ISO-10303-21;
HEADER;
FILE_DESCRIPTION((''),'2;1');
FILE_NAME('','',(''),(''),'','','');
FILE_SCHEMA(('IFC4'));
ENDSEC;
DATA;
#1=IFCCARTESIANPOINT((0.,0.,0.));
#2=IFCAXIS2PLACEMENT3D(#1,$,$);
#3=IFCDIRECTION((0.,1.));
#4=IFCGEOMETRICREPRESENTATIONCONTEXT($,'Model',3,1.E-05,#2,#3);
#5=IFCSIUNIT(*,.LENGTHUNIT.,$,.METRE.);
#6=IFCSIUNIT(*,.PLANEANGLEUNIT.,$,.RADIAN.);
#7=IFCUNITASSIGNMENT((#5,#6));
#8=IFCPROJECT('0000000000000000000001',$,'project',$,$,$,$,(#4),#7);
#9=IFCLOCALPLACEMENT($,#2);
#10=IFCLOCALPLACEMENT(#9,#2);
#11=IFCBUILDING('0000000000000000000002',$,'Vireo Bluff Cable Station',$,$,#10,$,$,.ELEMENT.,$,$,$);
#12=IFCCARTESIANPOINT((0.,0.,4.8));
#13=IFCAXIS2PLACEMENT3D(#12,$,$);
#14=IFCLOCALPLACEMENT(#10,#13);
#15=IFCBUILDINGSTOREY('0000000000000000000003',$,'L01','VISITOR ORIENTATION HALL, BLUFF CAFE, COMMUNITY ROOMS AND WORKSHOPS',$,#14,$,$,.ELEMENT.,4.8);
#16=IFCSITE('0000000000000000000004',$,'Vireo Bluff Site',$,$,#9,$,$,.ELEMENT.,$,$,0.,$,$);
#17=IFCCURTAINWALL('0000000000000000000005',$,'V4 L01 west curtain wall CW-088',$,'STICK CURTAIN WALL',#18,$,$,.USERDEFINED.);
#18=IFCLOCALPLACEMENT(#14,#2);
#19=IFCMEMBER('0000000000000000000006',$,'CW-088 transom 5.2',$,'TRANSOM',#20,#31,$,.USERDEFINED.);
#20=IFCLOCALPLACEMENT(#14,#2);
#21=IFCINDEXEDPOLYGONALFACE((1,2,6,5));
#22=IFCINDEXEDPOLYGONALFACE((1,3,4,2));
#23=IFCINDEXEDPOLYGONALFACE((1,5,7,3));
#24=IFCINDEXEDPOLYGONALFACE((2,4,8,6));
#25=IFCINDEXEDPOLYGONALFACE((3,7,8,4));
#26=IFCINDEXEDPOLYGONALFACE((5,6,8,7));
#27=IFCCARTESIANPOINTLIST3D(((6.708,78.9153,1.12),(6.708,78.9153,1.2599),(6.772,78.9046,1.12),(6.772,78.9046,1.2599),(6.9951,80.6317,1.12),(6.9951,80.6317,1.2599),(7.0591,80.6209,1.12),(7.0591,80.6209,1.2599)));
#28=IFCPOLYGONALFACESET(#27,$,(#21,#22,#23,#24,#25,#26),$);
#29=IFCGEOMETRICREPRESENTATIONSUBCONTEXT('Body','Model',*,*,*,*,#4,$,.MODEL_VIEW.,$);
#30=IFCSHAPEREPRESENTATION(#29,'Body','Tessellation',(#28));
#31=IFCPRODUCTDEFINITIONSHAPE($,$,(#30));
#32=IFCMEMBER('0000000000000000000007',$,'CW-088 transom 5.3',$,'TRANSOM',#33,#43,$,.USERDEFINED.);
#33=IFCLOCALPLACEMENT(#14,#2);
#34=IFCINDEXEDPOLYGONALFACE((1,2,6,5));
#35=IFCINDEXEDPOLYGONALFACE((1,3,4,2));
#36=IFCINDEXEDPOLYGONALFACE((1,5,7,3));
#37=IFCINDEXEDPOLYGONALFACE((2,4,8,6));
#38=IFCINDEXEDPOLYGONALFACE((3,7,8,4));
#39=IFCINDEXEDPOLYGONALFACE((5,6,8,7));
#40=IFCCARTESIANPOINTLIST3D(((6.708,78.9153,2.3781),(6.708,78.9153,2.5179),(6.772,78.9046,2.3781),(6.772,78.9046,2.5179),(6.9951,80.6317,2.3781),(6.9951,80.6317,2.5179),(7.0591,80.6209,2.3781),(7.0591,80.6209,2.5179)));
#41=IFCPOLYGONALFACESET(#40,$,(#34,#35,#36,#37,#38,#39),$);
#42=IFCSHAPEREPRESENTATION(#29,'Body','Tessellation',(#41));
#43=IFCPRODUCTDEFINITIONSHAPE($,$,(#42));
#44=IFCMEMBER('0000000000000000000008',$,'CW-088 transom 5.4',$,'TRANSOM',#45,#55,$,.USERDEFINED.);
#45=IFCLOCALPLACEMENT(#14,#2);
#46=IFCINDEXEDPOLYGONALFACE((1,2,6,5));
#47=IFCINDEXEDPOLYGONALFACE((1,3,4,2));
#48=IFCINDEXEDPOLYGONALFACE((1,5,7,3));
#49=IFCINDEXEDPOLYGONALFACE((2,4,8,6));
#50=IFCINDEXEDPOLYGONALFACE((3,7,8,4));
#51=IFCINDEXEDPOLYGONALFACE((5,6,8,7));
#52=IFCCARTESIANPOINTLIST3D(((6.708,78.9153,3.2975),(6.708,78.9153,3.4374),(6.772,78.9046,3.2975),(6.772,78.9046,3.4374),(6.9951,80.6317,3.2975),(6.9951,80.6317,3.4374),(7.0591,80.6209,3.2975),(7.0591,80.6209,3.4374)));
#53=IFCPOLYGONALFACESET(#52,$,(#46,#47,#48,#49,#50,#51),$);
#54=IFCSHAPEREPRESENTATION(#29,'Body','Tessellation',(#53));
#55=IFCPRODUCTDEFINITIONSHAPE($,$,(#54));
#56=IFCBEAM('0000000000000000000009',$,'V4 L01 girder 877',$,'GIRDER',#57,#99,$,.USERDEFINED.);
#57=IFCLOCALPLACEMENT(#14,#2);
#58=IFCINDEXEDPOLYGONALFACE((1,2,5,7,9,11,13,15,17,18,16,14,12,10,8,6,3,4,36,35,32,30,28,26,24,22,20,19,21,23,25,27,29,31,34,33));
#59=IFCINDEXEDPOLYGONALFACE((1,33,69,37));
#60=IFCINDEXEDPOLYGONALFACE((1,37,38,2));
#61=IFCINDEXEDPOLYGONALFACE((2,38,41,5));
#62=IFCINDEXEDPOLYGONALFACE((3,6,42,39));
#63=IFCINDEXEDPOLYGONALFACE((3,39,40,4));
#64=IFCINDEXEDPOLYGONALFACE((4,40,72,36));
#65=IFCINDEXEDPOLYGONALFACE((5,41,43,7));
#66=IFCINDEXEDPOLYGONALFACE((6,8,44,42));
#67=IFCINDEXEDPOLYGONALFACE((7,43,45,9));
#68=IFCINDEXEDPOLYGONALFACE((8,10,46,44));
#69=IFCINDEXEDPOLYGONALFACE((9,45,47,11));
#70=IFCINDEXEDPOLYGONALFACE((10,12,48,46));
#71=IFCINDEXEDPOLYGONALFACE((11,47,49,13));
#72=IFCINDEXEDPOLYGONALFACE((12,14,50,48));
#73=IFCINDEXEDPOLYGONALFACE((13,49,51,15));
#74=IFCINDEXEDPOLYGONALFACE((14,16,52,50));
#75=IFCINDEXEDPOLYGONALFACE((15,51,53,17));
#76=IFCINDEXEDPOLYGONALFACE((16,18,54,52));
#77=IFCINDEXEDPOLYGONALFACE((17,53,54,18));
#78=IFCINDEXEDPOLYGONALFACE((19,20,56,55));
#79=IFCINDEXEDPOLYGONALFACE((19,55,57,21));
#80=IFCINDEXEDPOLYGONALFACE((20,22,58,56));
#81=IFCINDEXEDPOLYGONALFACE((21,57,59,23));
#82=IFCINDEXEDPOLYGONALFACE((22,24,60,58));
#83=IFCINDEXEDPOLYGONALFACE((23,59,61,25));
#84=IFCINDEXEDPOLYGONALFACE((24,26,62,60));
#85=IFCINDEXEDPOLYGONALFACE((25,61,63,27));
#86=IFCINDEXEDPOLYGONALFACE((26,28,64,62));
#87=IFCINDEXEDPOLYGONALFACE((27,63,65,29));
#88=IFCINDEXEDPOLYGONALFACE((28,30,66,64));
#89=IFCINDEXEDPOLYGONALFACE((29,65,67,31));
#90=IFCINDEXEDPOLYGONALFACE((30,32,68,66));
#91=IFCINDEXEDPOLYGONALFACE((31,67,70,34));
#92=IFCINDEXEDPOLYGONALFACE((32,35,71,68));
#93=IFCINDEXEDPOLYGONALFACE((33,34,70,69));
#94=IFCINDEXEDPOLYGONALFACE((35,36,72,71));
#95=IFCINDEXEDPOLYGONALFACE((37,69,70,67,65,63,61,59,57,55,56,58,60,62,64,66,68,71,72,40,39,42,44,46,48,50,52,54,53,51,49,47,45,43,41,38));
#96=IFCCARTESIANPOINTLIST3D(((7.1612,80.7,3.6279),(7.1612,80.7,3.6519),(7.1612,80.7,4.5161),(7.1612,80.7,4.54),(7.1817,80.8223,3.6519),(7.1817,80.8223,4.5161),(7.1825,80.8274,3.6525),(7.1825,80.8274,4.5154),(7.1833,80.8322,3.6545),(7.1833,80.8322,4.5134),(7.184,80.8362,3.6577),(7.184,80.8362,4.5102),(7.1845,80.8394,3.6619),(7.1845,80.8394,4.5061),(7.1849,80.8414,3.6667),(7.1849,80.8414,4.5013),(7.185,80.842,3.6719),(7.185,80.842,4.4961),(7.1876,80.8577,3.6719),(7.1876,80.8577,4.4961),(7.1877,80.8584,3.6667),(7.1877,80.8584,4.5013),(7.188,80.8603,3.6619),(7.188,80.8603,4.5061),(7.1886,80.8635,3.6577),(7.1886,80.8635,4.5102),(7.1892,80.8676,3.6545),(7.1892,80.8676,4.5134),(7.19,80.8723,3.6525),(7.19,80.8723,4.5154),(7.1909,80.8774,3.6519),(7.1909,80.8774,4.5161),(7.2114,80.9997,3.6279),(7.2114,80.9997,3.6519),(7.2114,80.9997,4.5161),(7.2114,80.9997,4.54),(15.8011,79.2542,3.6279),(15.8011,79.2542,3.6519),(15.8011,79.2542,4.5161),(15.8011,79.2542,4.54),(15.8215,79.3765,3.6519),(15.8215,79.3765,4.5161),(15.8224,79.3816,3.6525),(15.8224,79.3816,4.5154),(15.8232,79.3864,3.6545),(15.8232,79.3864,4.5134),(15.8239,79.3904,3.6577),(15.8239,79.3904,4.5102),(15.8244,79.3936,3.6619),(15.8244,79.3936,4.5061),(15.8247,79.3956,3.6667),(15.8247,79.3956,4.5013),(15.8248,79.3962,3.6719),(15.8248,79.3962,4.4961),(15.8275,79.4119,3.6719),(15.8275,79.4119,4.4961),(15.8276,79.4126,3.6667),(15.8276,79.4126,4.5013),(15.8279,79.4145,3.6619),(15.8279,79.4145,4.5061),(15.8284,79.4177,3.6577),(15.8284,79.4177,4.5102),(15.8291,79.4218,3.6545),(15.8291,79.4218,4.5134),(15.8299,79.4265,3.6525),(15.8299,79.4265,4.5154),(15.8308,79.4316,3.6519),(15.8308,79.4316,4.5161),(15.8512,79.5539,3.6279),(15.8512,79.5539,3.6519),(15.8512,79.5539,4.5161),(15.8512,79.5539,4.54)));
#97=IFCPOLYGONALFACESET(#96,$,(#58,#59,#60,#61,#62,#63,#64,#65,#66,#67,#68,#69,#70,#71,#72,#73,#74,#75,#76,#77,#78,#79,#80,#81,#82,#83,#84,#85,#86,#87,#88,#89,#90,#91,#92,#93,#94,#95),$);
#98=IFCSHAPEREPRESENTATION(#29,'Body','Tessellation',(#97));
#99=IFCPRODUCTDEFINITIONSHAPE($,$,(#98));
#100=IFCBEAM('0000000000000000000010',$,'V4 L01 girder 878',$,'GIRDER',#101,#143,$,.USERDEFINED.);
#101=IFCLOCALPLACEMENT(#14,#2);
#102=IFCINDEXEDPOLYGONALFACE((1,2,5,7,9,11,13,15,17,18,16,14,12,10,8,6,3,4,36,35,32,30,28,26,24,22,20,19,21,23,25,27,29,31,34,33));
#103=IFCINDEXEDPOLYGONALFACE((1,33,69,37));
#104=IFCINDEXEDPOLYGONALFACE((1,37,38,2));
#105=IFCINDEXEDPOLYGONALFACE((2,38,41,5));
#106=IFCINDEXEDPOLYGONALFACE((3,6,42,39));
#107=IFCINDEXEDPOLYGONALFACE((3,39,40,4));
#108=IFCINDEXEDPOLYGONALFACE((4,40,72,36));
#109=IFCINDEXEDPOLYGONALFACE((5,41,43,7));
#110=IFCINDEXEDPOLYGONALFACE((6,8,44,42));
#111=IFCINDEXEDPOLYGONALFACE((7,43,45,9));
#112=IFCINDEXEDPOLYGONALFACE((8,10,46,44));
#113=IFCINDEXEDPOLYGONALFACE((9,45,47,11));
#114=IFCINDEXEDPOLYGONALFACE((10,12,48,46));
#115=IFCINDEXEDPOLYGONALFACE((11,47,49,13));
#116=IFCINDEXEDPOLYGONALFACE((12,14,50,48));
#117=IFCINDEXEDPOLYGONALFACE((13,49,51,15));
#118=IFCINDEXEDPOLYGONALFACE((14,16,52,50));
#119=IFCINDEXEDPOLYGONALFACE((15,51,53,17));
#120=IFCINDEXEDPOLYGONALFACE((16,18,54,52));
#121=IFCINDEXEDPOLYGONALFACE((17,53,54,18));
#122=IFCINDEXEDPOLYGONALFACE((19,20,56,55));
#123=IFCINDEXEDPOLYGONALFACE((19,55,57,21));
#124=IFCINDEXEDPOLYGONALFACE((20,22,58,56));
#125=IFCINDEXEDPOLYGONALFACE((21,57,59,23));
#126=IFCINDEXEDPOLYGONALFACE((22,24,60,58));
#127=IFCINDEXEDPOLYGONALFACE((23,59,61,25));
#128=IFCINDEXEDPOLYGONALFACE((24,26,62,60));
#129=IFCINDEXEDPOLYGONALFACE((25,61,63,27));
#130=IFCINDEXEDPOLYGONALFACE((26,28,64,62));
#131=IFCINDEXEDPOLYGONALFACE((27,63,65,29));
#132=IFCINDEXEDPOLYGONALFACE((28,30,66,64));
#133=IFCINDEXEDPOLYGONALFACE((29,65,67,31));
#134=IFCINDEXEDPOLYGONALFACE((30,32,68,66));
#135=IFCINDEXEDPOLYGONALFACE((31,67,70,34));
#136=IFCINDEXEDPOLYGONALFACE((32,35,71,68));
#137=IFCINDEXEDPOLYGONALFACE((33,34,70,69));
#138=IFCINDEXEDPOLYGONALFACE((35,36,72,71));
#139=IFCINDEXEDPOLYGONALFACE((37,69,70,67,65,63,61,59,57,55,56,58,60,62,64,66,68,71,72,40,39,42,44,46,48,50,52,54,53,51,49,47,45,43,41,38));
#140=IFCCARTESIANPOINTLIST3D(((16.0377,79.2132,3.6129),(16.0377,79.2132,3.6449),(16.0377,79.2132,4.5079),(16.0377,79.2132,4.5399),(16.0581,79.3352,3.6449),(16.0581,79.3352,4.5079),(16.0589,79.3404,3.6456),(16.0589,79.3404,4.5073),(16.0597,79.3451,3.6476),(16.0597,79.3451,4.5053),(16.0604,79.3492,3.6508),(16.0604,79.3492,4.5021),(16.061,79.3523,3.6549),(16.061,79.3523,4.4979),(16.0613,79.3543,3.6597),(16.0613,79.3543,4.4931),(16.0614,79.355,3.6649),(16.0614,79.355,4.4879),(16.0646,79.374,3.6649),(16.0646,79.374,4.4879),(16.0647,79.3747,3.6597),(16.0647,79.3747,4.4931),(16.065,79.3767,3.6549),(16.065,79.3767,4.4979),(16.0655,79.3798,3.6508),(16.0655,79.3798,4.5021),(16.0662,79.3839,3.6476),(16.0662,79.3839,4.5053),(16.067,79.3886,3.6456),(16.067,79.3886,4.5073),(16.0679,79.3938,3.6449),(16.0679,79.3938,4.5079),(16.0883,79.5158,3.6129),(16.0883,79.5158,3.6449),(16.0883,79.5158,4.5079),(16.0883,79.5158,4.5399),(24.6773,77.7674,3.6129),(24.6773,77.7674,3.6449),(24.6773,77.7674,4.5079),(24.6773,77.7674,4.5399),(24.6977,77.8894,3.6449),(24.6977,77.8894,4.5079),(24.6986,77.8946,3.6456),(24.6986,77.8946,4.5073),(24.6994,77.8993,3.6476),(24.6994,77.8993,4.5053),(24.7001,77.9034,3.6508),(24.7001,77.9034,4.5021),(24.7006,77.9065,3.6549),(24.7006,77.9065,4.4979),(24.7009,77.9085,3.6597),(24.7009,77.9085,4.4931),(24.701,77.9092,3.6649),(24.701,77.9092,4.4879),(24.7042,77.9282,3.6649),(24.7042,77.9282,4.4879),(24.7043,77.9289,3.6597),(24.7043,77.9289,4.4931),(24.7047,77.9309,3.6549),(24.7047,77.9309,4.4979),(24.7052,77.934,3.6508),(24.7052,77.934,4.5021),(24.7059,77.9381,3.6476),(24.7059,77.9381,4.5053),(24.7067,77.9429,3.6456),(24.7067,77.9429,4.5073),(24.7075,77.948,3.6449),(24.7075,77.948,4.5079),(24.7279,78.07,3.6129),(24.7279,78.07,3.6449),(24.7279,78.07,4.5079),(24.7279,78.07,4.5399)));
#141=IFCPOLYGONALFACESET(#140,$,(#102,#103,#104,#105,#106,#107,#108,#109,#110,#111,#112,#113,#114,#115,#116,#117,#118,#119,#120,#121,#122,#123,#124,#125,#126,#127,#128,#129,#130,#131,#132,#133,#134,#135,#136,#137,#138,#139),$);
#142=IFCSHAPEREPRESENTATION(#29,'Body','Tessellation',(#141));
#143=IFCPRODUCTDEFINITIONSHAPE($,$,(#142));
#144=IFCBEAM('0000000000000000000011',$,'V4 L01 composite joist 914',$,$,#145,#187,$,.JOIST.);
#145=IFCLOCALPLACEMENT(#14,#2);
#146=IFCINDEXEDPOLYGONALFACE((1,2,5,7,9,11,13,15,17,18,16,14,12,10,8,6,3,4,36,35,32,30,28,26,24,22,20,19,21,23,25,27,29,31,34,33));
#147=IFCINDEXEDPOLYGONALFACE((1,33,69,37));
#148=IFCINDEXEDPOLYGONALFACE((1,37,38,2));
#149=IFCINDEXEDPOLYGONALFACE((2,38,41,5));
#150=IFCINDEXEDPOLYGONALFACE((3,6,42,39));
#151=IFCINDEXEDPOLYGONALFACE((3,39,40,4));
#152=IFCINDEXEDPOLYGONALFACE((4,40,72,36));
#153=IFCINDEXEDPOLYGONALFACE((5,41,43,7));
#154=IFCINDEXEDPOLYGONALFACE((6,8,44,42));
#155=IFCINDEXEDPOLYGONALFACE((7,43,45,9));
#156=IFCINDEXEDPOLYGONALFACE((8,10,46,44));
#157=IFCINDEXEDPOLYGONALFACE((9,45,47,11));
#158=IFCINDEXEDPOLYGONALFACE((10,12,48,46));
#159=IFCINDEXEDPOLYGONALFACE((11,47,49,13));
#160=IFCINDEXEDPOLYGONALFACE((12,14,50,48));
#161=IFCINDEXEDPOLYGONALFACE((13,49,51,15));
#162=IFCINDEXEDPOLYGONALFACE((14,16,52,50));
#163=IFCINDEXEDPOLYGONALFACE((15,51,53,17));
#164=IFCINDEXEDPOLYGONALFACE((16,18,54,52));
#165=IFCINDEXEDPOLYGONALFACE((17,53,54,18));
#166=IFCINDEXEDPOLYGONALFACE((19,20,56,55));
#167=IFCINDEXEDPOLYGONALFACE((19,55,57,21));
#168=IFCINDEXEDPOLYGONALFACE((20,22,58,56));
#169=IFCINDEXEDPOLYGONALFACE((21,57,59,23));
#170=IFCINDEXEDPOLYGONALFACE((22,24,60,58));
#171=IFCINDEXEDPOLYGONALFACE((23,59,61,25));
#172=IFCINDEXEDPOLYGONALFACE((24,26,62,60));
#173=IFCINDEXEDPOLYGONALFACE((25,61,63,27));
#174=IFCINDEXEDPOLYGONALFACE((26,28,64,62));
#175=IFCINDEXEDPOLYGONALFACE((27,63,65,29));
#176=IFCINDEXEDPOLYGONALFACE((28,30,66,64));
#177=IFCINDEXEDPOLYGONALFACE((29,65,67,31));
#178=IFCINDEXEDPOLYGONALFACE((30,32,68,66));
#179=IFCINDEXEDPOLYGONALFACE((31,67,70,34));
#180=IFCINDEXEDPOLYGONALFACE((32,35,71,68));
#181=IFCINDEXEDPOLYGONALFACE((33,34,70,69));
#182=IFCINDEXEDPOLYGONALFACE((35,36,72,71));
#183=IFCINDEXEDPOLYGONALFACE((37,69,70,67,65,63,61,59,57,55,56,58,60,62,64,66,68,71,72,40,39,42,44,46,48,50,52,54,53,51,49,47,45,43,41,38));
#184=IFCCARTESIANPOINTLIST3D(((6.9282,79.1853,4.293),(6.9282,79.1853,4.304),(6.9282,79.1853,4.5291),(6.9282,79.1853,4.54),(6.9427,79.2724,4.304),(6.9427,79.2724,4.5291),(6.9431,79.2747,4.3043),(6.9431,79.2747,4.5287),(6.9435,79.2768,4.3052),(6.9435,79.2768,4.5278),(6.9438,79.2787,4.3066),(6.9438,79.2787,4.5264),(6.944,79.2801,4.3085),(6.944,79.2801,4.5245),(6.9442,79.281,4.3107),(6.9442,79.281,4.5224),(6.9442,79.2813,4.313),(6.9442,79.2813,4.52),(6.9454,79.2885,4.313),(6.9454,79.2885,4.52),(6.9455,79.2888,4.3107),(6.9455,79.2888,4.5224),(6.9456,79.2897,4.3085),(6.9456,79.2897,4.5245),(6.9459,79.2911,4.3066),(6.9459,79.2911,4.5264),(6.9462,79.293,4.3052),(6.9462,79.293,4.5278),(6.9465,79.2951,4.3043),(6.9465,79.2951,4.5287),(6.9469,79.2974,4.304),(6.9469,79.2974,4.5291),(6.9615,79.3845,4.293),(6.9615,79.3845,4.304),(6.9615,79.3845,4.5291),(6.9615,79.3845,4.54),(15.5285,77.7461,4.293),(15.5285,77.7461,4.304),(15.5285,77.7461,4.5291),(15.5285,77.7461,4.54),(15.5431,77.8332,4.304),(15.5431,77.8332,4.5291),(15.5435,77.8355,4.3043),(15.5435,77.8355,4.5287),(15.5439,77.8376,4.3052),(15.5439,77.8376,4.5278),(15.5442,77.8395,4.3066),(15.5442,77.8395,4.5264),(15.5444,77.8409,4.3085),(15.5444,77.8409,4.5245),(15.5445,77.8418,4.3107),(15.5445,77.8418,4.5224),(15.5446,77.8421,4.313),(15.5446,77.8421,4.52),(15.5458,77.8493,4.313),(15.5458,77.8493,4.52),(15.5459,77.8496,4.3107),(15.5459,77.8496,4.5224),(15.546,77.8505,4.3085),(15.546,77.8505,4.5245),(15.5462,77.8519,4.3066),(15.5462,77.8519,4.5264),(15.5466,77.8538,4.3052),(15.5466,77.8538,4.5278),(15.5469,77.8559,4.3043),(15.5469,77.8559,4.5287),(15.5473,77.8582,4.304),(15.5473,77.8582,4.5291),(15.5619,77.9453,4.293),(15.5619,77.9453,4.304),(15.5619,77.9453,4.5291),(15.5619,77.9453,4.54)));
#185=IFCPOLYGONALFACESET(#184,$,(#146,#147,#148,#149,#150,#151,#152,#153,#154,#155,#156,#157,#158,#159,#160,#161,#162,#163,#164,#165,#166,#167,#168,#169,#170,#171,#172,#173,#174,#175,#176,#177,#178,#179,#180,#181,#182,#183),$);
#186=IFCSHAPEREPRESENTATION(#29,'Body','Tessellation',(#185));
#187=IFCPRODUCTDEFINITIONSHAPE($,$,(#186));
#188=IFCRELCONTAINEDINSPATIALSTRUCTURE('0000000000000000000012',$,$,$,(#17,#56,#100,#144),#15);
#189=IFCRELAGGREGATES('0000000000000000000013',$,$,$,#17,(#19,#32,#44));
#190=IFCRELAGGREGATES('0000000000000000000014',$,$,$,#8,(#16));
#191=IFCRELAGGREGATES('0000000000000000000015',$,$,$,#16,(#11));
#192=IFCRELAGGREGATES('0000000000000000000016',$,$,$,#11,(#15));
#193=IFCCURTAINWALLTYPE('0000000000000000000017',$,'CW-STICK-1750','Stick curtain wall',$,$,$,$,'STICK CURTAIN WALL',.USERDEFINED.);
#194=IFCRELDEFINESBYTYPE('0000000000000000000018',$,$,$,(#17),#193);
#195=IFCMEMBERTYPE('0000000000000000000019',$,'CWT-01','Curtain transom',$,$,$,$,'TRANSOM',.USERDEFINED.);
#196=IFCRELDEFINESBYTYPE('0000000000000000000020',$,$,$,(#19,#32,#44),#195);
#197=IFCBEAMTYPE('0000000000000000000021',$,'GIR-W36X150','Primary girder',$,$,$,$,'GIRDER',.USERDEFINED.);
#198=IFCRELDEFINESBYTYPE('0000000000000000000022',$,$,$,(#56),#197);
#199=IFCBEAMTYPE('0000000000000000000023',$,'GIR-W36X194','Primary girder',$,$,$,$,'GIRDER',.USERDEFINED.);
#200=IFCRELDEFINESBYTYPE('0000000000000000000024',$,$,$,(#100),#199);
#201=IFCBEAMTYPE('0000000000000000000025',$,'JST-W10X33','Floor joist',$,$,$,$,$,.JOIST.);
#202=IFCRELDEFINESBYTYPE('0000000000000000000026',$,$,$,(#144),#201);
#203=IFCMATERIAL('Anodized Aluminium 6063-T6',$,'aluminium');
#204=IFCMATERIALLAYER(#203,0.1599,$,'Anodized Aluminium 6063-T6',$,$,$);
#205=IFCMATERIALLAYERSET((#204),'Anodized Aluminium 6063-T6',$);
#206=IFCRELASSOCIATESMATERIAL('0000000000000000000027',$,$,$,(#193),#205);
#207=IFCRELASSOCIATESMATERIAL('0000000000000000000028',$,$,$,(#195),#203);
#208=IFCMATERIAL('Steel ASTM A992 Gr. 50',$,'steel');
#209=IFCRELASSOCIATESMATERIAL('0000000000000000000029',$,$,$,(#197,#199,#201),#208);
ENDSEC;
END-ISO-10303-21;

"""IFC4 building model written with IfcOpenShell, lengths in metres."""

from ifc_helpers import new_model, si_unit, direction, frame, origin, origin_2d, place, context, subcontext, project, spatial, rectangle, i_section, extrude, material, layer, layer_set, material_profile, profile_set, type_object, element, aggregate, save


model = new_model("IFC4")

# Units and contexts
model_context = context("Model", 3, precision=1e-05, world=origin(), true_north=direction((0.0, 1.0)))
body_context = subcontext(model_context, "Body", "Model", "MODEL_VIEW")
ifc_project = project(units=[si_unit("LENGTHUNIT", "METRE"), si_unit("PLANEANGLEUNIT", "RADIAN")], contexts=[model_context])

# Site, building, storey
site_placement = place(None, origin())
site = spatial("IfcSite", under=ifc_project, at=site_placement, Name="Vireo Bluff Site", CompositionType="ELEMENT", RefElevation=0.0)
building_placement = place(site_placement, origin())
building = spatial("IfcBuilding", under=site, at=building_placement, Name="Vireo Bluff Cable Station", CompositionType="ELEMENT")
storey_placement = place(building_placement, frame((0.0, 0.0, 4.8)))
storey = spatial("IfcBuildingStorey", under=building, at=storey_placement, Name="L01", Description="VISITOR ORIENTATION HALL, BLUFF CAFE, COMMUNITY ROOMS AND WORKSHOPS", CompositionType="ELEMENT", Elevation=4.8)

# Shared definitions
ifc_material_1 = material(Name="Steel ASTM A992 Gr. 50", Category="steel")

# Curtain wall, members
ifc_material_2 = material(Name="Anodized Aluminium 6063-T6", Category="aluminium")
ifc_layer_1 = layer(ifc_material_2, 0.1599, Name="Anodized Aluminium 6063-T6")
ifc_layer_set_1 = layer_set([ifc_layer_1], Name="Anodized Aluminium 6063-T6")
curtain_wall_type = type_object("IfcCurtainWallType", Name="CW-STICK-1750", Description="Stick curtain wall", ElementType="STICK CURTAIN WALL", PredefinedType="USERDEFINED", material=ifc_layer_set_1)
curtain_wall_placement = place(storey_placement, origin())
curtain_wall = element("IfcCurtainWall", 1, at=curtain_wall_placement, inside=storey, type_object=curtain_wall_type, Name="V4 L01 west curtain wall CW-088", ObjectType="STICK CURTAIN WALL", PredefinedType="USERDEFINED")
ifc_material_profile_1 = material_profile(ifc_material_2, rectangle(XDim=0.0649, YDim=0.1399, at=origin_2d()), Name="ALU-T-65X140")
ifc_profile_set_1 = profile_set([ifc_material_profile_1], Name="Anodized Aluminium 6063-T6")
member_type_1 = type_object("IfcMemberType", Name="CWT-01", Description="Curtain transom", ElementType="TRANSOM", PredefinedType="USERDEFINED", material=ifc_profile_set_1)
member_1_placement = place(storey_placement, frame((6.74, 78.9099, 1.1899), z_axis=(0.16499, 0.986295, 0.0), x_axis=(-0.986295, 0.16499, 0.0)))
member_1 = element("IfcMember", 2, at=member_1_placement, type_object=member_type_1, Name="CW-088 transom 5.2", ObjectType="TRANSOM", PredefinedType="USERDEFINED", context=body_context, shape_type="SweptSolid", body=[
    extrude(rectangle(XDim=0.0649, YDim=0.1399, at=origin_2d()), origin(), (0.0, 0.0, 1.0), 1.7402),
])
member_2_placement = place(storey_placement, frame((6.74, 78.9099, 2.448), z_axis=(0.16499, 0.986295, 0.0), x_axis=(-0.986295, 0.16499, 0.0)))
member_2 = element("IfcMember", 3, at=member_2_placement, type_object=member_type_1, Name="CW-088 transom 5.3", ObjectType="TRANSOM", PredefinedType="USERDEFINED", context=body_context, shape_type="SweptSolid", body=[
    extrude(rectangle(XDim=0.0649, YDim=0.1399, at=origin_2d()), origin(), (0.0, 0.0, 1.0), 1.7402),
])
member_3_placement = place(storey_placement, frame((6.74, 78.9099, 3.3674), z_axis=(0.16499, 0.986295, 0.0), x_axis=(-0.986295, 0.16499, 0.0)))
member_3 = element("IfcMember", 4, at=member_3_placement, type_object=member_type_1, Name="CW-088 transom 5.4", ObjectType="TRANSOM", PredefinedType="USERDEFINED", context=body_context, shape_type="SweptSolid", body=[
    extrude(rectangle(XDim=0.0649, YDim=0.1399, at=origin_2d()), origin(), (0.0, 0.0, 1.0), 1.7402),
])

# Beams
ifc_material_profile_2 = material_profile(ifc_material_1, i_section(OverallWidth=0.304, OverallDepth=0.9121, WebThickness=0.0159, FlangeThickness=0.0239, FilletRadius=0.02, at=origin_2d()), Name="W36X150")
ifc_profile_set_2 = profile_set([ifc_material_profile_2], Name="Steel ASTM A992 Gr. 50")
beam_type_1 = type_object("IfcBeamType", Name="GIR-W36X150", Description="Primary girder", ElementType="GIRDER", PredefinedType="USERDEFINED", material=ifc_profile_set_2)
beam_1_placement = place(storey_placement, frame((7.1863, 80.8499, 4.084), z_axis=(0.986286, -0.165045, 0.0), x_axis=(0.165045, 0.986286, 0.0)))
element("IfcBeam", 5, at=beam_1_placement, inside=storey, type_object=beam_type_1, Name="V4 L01 girder 877", ObjectType="GIRDER", PredefinedType="USERDEFINED", context=body_context, shape_type="SweptSolid", body=[
    extrude(i_section(OverallWidth=0.304, OverallDepth=0.9121, WebThickness=0.0159, FlangeThickness=0.0239, FilletRadius=0.02, at=origin_2d()), origin(), (0.0, 0.0, 1.0), 8.76),
])
ifc_material_profile_3 = material_profile(ifc_material_1, i_section(OverallWidth=0.3069, OverallDepth=0.927, WebThickness=0.0193, FlangeThickness=0.032, FilletRadius=0.02, at=origin_2d()), Name="W36X194")
ifc_profile_set_3 = profile_set([ifc_material_profile_3], Name="Steel ASTM A992 Gr. 50")
beam_type_2 = type_object("IfcBeamType", Name="GIR-W36X194", Description="Primary girder", ElementType="GIRDER", PredefinedType="USERDEFINED", material=ifc_profile_set_3)
beam_2_placement = place(storey_placement, frame((16.063, 79.3645, 4.0764), z_axis=(0.986285, -0.16505, 0.0), x_axis=(0.16505, 0.986285, 0.0)))
element("IfcBeam", 6, at=beam_2_placement, inside=storey, type_object=beam_type_2, Name="V4 L01 girder 878", ObjectType="GIRDER", PredefinedType="USERDEFINED", context=body_context, shape_type="SweptSolid", body=[
    extrude(i_section(OverallWidth=0.3069, OverallDepth=0.927, WebThickness=0.0193, FlangeThickness=0.032, FilletRadius=0.02, at=origin_2d()), origin(), (0.0, 0.0, 1.0), 8.7598),
])
ifc_material_profile_4 = material_profile(ifc_material_1, i_section(OverallWidth=0.2019, OverallDepth=0.2471, WebThickness=0.0073, FlangeThickness=0.011, FilletRadius=0.009, at=origin_2d()), Name="W10X33")
ifc_profile_set_4 = profile_set([ifc_material_profile_4], Name="Steel ASTM A992 Gr. 50")
beam_type_3 = type_object("IfcBeamType", Name="JST-W10X33", Description="Floor joist", PredefinedType="JOIST", material=ifc_profile_set_4)
beam_3_placement = place(storey_placement, frame((6.9448, 79.2849, 4.4165), z_axis=(0.986286, -0.165048, 0.0), x_axis=(0.165048, 0.986286, 0.0)))
element("IfcBeam", 7, at=beam_3_placement, inside=storey, type_object=beam_type_3, Name="V4 L01 composite joist 914", PredefinedType="JOIST", context=body_context, shape_type="SweptSolid", body=[
    extrude(i_section(OverallWidth=0.2019, OverallDepth=0.2471, WebThickness=0.0073, FlangeThickness=0.011, FilletRadius=0.009, at=origin_2d()), origin(), (0.0, 0.0, 1.0), 8.72),
])

aggregate(curtain_wall, [member_1, member_2, member_3])

save(model, "model.ifc")
